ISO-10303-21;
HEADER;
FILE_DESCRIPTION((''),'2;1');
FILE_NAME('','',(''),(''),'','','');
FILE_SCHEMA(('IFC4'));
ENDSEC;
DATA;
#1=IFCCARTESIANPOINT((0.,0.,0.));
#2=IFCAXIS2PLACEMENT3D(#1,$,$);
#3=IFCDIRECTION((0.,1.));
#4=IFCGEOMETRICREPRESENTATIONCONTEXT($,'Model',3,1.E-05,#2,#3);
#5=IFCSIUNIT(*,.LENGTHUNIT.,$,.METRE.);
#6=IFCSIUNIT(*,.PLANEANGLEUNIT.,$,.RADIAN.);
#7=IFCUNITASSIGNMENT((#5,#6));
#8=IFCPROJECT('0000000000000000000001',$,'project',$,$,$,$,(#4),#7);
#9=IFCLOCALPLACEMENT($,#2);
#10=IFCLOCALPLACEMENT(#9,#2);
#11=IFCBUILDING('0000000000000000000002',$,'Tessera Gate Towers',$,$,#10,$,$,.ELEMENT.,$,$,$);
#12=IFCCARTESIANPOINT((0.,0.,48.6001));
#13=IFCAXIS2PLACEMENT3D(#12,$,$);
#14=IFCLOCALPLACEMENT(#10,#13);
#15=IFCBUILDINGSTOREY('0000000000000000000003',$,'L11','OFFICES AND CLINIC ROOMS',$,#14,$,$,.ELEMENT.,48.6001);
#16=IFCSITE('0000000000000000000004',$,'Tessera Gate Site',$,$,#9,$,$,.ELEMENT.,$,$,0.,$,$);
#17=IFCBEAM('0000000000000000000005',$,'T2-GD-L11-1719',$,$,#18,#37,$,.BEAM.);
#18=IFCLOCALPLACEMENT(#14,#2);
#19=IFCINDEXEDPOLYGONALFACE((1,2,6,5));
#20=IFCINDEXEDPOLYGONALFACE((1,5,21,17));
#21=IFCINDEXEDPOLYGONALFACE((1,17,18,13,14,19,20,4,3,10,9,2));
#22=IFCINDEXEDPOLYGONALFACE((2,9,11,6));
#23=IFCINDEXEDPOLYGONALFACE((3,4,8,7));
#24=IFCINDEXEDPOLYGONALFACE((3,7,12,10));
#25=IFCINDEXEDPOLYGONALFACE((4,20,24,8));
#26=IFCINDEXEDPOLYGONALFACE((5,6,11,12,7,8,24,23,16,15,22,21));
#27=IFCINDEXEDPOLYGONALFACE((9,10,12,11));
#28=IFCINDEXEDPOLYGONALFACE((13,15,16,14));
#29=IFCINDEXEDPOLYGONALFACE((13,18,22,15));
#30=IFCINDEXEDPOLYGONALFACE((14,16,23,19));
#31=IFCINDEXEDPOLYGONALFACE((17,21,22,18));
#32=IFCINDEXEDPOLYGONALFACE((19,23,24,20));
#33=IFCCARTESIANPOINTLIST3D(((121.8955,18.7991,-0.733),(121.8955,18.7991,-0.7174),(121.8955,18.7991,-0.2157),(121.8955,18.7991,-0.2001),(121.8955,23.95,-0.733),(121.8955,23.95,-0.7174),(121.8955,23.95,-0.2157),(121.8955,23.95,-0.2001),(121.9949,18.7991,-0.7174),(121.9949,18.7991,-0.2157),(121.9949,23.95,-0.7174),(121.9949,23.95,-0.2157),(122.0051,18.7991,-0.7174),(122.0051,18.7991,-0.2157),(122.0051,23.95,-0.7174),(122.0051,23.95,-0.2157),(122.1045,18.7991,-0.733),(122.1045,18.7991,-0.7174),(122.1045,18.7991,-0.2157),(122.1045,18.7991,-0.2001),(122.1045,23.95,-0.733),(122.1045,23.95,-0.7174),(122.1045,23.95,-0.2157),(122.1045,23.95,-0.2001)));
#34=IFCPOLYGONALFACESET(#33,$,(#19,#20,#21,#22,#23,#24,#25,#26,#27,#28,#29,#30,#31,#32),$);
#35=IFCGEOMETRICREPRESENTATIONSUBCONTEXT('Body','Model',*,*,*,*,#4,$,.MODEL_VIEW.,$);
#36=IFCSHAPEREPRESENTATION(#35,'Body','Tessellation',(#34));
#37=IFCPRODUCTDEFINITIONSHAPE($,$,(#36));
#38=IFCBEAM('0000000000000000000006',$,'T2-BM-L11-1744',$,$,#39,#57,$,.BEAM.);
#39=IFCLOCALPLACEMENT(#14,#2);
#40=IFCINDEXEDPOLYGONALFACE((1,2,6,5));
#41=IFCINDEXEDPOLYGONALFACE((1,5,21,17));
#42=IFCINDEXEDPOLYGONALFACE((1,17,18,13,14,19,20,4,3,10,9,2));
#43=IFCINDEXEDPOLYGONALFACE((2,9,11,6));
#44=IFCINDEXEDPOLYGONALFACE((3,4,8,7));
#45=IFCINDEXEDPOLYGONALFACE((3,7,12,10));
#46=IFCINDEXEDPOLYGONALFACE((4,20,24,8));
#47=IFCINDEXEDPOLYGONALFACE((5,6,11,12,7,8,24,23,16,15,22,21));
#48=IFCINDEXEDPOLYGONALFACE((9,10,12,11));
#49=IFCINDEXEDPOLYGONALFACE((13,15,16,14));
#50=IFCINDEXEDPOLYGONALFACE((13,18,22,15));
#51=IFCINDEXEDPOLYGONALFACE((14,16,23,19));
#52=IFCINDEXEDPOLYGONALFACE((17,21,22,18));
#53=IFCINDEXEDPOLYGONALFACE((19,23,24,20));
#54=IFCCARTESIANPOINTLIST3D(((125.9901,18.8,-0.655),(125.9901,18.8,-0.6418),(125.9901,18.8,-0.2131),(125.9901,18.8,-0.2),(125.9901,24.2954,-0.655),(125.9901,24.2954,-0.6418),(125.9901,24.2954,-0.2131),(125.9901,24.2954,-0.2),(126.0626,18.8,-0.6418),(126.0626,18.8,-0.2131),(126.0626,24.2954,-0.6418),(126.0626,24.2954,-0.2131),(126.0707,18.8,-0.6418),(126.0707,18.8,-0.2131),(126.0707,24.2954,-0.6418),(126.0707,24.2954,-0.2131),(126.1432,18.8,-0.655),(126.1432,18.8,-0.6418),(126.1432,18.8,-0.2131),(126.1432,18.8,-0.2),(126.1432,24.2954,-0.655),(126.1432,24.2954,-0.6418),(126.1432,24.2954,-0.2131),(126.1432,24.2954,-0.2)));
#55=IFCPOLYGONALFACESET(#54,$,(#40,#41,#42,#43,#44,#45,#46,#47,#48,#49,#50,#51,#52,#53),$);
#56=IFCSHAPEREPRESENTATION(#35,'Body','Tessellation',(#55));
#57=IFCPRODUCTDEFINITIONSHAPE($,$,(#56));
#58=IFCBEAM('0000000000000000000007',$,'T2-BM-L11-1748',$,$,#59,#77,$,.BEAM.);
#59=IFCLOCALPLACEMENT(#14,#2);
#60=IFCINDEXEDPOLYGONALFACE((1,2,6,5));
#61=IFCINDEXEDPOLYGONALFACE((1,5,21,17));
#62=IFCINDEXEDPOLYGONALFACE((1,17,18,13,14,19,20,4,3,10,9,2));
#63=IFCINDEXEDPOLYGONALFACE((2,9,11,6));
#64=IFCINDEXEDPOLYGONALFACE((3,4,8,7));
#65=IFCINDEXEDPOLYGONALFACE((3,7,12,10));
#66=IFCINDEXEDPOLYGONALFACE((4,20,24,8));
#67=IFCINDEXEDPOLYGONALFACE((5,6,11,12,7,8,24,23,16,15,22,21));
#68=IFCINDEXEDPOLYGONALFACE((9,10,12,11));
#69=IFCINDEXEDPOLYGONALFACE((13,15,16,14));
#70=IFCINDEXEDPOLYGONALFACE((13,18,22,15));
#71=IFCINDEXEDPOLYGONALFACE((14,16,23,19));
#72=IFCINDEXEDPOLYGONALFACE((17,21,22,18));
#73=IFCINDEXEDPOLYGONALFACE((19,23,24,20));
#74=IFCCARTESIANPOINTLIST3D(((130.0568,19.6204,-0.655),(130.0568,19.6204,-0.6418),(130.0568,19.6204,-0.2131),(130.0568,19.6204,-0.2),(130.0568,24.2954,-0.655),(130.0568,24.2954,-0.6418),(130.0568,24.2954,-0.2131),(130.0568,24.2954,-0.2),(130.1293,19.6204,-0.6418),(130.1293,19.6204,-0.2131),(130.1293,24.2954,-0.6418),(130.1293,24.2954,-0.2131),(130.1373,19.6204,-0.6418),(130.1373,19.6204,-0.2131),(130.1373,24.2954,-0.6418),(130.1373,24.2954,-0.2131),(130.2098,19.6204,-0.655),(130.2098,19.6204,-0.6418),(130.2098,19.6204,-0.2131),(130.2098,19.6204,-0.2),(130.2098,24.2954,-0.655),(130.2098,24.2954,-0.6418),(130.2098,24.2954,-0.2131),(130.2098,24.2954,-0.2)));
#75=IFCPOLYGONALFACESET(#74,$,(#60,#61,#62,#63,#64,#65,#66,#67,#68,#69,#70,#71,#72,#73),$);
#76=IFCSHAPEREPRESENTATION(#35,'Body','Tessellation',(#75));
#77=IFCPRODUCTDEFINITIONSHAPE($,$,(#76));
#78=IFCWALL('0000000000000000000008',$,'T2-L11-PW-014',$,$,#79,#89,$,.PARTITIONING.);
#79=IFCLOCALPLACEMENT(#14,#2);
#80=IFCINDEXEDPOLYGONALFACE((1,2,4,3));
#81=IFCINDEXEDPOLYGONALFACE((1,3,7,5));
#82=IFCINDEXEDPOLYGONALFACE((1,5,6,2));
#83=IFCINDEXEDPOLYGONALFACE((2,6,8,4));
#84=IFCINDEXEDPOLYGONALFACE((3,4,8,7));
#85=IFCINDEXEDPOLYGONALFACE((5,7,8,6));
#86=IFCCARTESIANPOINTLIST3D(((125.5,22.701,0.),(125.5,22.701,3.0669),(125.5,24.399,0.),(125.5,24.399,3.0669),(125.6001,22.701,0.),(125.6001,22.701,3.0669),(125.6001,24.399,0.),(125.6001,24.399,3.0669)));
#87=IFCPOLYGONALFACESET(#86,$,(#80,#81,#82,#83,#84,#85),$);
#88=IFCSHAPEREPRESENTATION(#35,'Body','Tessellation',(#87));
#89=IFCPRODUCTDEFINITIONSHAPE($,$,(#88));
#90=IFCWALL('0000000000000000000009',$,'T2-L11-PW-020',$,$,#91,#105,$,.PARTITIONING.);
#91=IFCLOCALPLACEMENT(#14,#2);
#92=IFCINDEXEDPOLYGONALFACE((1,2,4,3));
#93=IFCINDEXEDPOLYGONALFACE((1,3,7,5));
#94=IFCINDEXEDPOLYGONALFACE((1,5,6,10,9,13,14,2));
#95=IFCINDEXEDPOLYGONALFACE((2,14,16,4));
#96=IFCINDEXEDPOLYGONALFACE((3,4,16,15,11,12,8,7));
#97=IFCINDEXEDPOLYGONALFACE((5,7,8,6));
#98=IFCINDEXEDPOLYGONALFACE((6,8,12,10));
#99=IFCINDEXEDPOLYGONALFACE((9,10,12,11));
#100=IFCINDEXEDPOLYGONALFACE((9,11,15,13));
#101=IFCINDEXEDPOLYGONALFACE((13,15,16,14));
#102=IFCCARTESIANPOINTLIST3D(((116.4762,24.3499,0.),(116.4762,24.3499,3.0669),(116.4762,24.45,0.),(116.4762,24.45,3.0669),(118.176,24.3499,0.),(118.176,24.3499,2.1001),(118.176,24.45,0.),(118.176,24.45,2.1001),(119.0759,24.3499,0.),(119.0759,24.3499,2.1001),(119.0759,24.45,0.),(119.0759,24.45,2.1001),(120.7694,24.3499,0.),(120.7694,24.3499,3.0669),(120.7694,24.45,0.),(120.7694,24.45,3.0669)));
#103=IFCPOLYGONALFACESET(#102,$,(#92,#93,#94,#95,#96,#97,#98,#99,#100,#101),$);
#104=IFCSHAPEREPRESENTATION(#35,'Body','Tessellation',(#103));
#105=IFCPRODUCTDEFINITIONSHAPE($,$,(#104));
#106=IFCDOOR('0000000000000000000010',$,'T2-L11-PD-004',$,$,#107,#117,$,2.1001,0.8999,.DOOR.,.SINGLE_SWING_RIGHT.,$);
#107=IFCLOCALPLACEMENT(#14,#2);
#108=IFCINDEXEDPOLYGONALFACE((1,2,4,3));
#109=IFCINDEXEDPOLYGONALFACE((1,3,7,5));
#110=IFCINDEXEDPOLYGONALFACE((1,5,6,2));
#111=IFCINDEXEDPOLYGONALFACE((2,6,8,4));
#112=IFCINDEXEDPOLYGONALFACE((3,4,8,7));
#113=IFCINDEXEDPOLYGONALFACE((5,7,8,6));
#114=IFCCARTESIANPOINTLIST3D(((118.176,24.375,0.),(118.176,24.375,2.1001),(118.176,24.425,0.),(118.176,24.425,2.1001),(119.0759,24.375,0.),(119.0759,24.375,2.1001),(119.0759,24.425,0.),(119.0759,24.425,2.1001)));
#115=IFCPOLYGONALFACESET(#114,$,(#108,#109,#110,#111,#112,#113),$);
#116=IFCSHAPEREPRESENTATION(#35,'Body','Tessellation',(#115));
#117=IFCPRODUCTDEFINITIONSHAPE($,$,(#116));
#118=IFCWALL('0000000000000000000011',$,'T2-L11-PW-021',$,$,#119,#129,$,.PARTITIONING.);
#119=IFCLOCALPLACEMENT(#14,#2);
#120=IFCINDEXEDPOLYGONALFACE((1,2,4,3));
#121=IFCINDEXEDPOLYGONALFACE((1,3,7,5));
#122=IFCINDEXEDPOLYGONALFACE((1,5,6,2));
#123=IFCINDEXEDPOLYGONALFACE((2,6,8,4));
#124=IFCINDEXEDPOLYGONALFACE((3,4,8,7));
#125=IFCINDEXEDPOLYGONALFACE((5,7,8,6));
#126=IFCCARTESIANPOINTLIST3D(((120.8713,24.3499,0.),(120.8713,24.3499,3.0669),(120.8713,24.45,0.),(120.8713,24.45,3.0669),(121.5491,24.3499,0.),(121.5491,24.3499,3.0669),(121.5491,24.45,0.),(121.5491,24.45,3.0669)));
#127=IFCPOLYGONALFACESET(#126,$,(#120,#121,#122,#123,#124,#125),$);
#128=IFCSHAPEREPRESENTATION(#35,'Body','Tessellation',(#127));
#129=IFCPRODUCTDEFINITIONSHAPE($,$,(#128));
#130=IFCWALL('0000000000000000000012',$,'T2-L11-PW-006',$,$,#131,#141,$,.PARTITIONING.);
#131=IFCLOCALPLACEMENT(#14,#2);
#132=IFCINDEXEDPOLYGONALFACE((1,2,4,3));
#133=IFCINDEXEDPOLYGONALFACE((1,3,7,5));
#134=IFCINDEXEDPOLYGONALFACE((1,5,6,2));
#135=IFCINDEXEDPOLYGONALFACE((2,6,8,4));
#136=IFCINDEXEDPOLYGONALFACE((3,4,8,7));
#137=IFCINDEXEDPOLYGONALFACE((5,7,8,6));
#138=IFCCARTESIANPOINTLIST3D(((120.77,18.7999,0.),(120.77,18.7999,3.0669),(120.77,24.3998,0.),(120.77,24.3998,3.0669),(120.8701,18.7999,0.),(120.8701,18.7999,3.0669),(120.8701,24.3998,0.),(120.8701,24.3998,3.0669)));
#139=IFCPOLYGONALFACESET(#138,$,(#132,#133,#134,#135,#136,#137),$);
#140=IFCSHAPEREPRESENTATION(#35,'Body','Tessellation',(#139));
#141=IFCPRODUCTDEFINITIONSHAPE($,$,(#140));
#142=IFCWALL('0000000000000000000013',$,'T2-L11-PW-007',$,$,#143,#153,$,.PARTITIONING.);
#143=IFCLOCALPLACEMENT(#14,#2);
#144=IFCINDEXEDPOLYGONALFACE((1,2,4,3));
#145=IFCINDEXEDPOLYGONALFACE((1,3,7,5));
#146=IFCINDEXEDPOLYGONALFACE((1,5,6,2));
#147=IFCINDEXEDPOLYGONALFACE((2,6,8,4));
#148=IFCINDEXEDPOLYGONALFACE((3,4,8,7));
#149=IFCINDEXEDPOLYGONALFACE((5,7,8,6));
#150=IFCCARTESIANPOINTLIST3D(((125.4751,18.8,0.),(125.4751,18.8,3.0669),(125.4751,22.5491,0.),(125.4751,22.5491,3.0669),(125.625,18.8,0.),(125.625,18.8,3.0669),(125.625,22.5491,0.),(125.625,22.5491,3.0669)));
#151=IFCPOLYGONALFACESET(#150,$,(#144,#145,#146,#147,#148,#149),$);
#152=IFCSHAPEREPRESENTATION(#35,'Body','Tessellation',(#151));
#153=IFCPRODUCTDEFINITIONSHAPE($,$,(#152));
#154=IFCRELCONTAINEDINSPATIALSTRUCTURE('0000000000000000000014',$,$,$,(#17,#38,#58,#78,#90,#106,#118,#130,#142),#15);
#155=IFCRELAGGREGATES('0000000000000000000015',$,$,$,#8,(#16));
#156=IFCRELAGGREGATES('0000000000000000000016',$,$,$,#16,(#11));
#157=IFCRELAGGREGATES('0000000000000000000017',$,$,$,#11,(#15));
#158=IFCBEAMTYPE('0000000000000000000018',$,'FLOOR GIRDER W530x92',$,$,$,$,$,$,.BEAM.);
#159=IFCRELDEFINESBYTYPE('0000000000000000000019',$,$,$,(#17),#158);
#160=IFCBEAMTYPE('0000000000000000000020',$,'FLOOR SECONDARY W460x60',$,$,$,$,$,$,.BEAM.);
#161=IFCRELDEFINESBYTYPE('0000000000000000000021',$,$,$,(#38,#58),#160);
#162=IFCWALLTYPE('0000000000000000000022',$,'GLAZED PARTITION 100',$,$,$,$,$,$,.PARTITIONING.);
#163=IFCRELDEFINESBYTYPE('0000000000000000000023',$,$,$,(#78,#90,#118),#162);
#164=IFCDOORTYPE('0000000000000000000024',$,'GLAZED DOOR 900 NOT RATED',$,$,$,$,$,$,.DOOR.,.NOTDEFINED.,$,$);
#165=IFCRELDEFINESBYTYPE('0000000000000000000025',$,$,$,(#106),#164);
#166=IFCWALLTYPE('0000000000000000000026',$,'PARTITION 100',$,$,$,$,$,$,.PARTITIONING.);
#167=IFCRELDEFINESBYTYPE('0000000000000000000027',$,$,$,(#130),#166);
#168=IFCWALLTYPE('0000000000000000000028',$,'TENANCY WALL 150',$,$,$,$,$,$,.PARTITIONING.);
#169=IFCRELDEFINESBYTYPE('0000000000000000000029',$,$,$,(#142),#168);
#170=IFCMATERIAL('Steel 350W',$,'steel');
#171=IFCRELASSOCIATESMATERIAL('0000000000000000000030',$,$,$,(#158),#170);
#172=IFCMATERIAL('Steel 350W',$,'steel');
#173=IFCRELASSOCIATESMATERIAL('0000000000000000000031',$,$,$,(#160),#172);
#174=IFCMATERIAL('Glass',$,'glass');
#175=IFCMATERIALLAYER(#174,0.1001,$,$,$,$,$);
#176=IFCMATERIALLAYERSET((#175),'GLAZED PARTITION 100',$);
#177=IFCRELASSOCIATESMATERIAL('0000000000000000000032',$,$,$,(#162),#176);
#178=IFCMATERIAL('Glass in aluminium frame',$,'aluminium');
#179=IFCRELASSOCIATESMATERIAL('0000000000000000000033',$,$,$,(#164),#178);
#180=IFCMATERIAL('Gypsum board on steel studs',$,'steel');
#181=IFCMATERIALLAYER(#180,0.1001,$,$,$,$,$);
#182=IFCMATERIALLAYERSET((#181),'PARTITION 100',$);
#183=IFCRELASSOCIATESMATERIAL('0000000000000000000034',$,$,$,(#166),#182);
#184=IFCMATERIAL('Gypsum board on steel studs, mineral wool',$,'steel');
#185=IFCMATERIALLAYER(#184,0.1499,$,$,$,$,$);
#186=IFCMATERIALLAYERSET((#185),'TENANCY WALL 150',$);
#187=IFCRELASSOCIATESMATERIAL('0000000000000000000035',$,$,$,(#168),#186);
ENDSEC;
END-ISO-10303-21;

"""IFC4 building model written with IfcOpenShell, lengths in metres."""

from ifc_helpers import new_model, si_unit, direction, frame, frame_2d, origin, origin_2d, place, context, subcontext, project, spatial, rectangle, i_section, extrude, source, transform, mapped, material, layer, layer_set, material_profile, profile_set, type_object, element, fill, save


model = new_model("IFC4")

# Units and contexts
model_context = context("Model", 3, precision=1e-05, world=origin(), true_north=direction((0.0, 1.0)))
body_context = subcontext(model_context, "Body", "Model", "MODEL_VIEW")
ifc_project = project(units=[si_unit("LENGTHUNIT", "METRE"), si_unit("PLANEANGLEUNIT", "RADIAN")], contexts=[model_context])

# Site, building, storey
site_placement = place(None, origin())
site = spatial("IfcSite", under=ifc_project, at=site_placement, Name="Tessera Gate Site", CompositionType="ELEMENT", RefElevation=0.0)
building_placement = place(site_placement, origin())
building = spatial("IfcBuilding", under=site, at=building_placement, Name="Tessera Gate Towers", CompositionType="ELEMENT")
storey_placement = place(building_placement, frame((0.0, 0.0, 48.6001)))
storey = spatial("IfcBuildingStorey", under=building, at=storey_placement, Name="L11", Description="OFFICES AND CLINIC ROOMS", CompositionType="ELEMENT", Elevation=48.6001)

# Beams
ifc_material_1 = material(Name="Steel 350W", Category="steel")
ifc_material_profile_1 = material_profile(ifc_material_1, i_section(OverallWidth=0.209, OverallDepth=0.533, WebThickness=0.0103, FlangeThickness=0.0156, at=origin_2d()), Name="W530x92")
ifc_profile_set_1 = profile_set([ifc_material_profile_1], Name="Steel 350W")
beam_type_1 = type_object("IfcBeamType", Name="FLOOR GIRDER W530x92", PredefinedType="BEAM", material=ifc_profile_set_1)
beam_1_placement = place(storey_placement, frame((122.0, 18.7991, -0.4666), z_axis=(0.0, 1.0, 0.0), x_axis=(-1.0, 0.0, 0.0)))
element("IfcBeam", 1, at=beam_1_placement, inside=storey, type_object=beam_type_1, Name="T2-GD-L11-1719", PredefinedType="BEAM", context=body_context, shape_type="SweptSolid", body=[
    extrude(i_section(OverallWidth=0.209, OverallDepth=0.533, WebThickness=0.0103, FlangeThickness=0.0156, at=origin_2d()), origin(), (0.0, 0.0, 1.0), 5.1509),
])
ifc_material_2 = material(Name="Steel 350W", Category="steel")
ifc_material_profile_2 = material_profile(ifc_material_2, i_section(OverallWidth=0.1531, OverallDepth=0.4551, WebThickness=0.0081, FlangeThickness=0.0132, at=origin_2d()), Name="W460x60")
ifc_profile_set_2 = profile_set([ifc_material_profile_2], Name="Steel 350W")
beam_type_2 = type_object("IfcBeamType", Name="FLOOR SECONDARY W460x60", PredefinedType="BEAM", material=ifc_profile_set_2)
beam_2_placement = place(storey_placement, frame((126.0667, 18.8, -0.4275), z_axis=(0.0, 1.0, 0.0), x_axis=(-1.0, 0.0, 0.0)))
element("IfcBeam", 2, at=beam_2_placement, inside=storey, type_object=beam_type_2, Name="T2-BM-L11-1744", PredefinedType="BEAM", context=body_context, shape_type="SweptSolid", body=[
    extrude(i_section(OverallWidth=0.1531, OverallDepth=0.4551, WebThickness=0.0081, FlangeThickness=0.0132, at=origin_2d()), origin(), (0.0, 0.0, 1.0), 5.4954),
])
beam_3_placement = place(storey_placement, frame((130.1333, 19.6204, -0.4275), z_axis=(0.0, 1.0, 0.0), x_axis=(-1.0, 0.0, 0.0)))
element("IfcBeam", 3, at=beam_3_placement, inside=storey, type_object=beam_type_2, Name="T2-BM-L11-1748", PredefinedType="BEAM", context=body_context, shape_type="SweptSolid", body=[
    extrude(i_section(OverallWidth=0.1531, OverallDepth=0.4551, WebThickness=0.0081, FlangeThickness=0.0132, at=origin_2d()), origin(), (0.0, 0.0, 1.0), 4.675),
])

# Wall
ifc_material_3 = material(Name="Glass", Category="glass")
ifc_layer_1 = layer(ifc_material_3, 0.1001)
ifc_layer_set_1 = layer_set([ifc_layer_1], Name="GLAZED PARTITION 100")
wall_type_1 = type_object("IfcWallType", Name="GLAZED PARTITION 100", PredefinedType="PARTITIONING", material=ifc_layer_set_1)
wall_1_placement = place(storey_placement, frame((125.55, 22.7009, 0.0), z_axis=(0.0, 0.0, 1.0), x_axis=(0.0, 1.0, 0.0)))
element("IfcWall", 4, at=wall_1_placement, inside=storey, type_object=wall_type_1, Name="T2-L11-PW-014", PredefinedType="PARTITIONING", context=body_context, shape_type="SweptSolid", body=[
    extrude(rectangle(XDim=1.698, YDim=0.1001, at=frame_2d((0.8491, 0.0))), origin(), (0.0, 0.0, 1.0), 3.0669),
])

# Wall, opening, door
wall_2_placement = place(storey_placement, frame((120.7693, 24.3999, 0.0), z_axis=(0.0, 0.0, 1.0), x_axis=(-1.0, 0.0, 0.0)))
wall_2 = element("IfcWall", 5, at=wall_2_placement, inside=storey, type_object=wall_type_1, Name="T2-L11-PW-020", PredefinedType="PARTITIONING", context=body_context, shape_type="SweptSolid", body=[
    extrude(rectangle(XDim=4.2932, YDim=0.1001, at=frame_2d((2.1465, 0.0))), origin(), (0.0, 0.0, 1.0), 3.0669),
])
shared_shape_1 = source(origin(), body_context, "Body", "SweptSolid", [
    extrude(rectangle(XDim=0.8999, YDim=2.1001, at=frame_2d((0.45, 1.05))), frame((0.0, 0.0601, 0.0), z_axis=(0.0, -1.0, 0.0), x_axis=(1.0, 0.0, 0.0)), (0.0, 0.0, 1.0), 0.1201),
])
opening_1_placement = place(wall_2_placement, frame((1.6934, 0.0, 0.0)))
opening_1 = element("IfcOpeningElement", 6, at=opening_1_placement, cuts=wall_2, PredefinedType="OPENING", context=body_context, shape_type="MappedRepresentation", body=[
    mapped(shared_shape_1, transform((0.0, 0.0, 0.0), scale=1.0)),
])
ifc_material_4 = material(Name="Glass in aluminium frame", Category="aluminium")
door_type_1 = type_object("IfcDoorType", Name="GLAZED DOOR 900 NOT RATED", OperationType="NOTDEFINED", PredefinedType="DOOR", material=ifc_material_4)
shared_shape_2 = source(origin(), body_context, "Body", "SweptSolid", [
    extrude(rectangle(XDim=0.8999, YDim=2.1001, at=frame_2d((0.45, 1.05))), frame((0.0, 0.0249, 0.0), z_axis=(0.0, -1.0, 0.0), x_axis=(1.0, 0.0, 0.0)), (0.0, 0.0, 1.0), 0.05),
])
door_1_placement = place(opening_1_placement, origin())
door_1 = element("IfcDoor", 7, at=door_1_placement, inside=storey, type_object=door_type_1, Name="T2-L11-PD-004", OperationType="SINGLE_SWING_RIGHT", OverallHeight=2.1001, OverallWidth=0.8999, PredefinedType="DOOR", context=body_context, shape_type="MappedRepresentation", body=[
    mapped(shared_shape_2, transform((0.0, 0.0, 0.0), scale=1.0)),
])
fill(opening_1, door_1)

# Walls
wall_3_placement = place(storey_placement, frame((120.8713, 24.3999, 0.0), z_axis=(0.0, 0.0, 1.0), x_axis=(1.0, 0.0, 0.0)))
element("IfcWall", 8, at=wall_3_placement, inside=storey, type_object=wall_type_1, Name="T2-L11-PW-021", PredefinedType="PARTITIONING", context=body_context, shape_type="SweptSolid", body=[
    extrude(rectangle(XDim=0.6777, YDim=0.1001, at=frame_2d((0.3389, 0.0))), origin(), (0.0, 0.0, 1.0), 3.0669),
])
ifc_material_5 = material(Name="Gypsum board on steel studs", Category="steel")
ifc_layer_2 = layer(ifc_material_5, 0.1001)
ifc_layer_set_2 = layer_set([ifc_layer_2], Name="PARTITION 100")
wall_type_2 = type_object("IfcWallType", Name="PARTITION 100", PredefinedType="PARTITIONING", material=ifc_layer_set_2)
wall_4_placement = place(storey_placement, frame((120.8201, 18.8, 0.0), z_axis=(0.0, 0.0, 1.0), x_axis=(0.0, 1.0, 0.0)))
element("IfcWall", 9, at=wall_4_placement, inside=storey, type_object=wall_type_2, Name="T2-L11-PW-006", PredefinedType="PARTITIONING", context=body_context, shape_type="SweptSolid", body=[
    extrude(rectangle(XDim=5.5999, YDim=0.1001, at=frame_2d((2.7998, 0.0))), origin(), (0.0, 0.0, 1.0), 3.0669),
])
ifc_material_6 = material(Name="Gypsum board on steel studs, mineral wool", Category="steel")
ifc_layer_3 = layer(ifc_material_6, 0.1499)
ifc_layer_set_3 = layer_set([ifc_layer_3], Name="TENANCY WALL 150")
wall_type_3 = type_object("IfcWallType", Name="TENANCY WALL 150", PredefinedType="PARTITIONING", material=ifc_layer_set_3)
wall_5_placement = place(storey_placement, frame((125.55, 18.8, 0.0), z_axis=(0.0, 0.0, 1.0), x_axis=(0.0, 1.0, 0.0)))
element("IfcWall", 10, at=wall_5_placement, inside=storey, type_object=wall_type_3, Name="T2-L11-PW-007", PredefinedType="PARTITIONING", context=body_context, shape_type="SweptSolid", body=[
    extrude(rectangle(XDim=3.749, YDim=0.1499, at=frame_2d((1.8745, 0.0))), origin(), (0.0, 0.0, 1.0), 3.0669),
])

save(model, "model.ifc")
